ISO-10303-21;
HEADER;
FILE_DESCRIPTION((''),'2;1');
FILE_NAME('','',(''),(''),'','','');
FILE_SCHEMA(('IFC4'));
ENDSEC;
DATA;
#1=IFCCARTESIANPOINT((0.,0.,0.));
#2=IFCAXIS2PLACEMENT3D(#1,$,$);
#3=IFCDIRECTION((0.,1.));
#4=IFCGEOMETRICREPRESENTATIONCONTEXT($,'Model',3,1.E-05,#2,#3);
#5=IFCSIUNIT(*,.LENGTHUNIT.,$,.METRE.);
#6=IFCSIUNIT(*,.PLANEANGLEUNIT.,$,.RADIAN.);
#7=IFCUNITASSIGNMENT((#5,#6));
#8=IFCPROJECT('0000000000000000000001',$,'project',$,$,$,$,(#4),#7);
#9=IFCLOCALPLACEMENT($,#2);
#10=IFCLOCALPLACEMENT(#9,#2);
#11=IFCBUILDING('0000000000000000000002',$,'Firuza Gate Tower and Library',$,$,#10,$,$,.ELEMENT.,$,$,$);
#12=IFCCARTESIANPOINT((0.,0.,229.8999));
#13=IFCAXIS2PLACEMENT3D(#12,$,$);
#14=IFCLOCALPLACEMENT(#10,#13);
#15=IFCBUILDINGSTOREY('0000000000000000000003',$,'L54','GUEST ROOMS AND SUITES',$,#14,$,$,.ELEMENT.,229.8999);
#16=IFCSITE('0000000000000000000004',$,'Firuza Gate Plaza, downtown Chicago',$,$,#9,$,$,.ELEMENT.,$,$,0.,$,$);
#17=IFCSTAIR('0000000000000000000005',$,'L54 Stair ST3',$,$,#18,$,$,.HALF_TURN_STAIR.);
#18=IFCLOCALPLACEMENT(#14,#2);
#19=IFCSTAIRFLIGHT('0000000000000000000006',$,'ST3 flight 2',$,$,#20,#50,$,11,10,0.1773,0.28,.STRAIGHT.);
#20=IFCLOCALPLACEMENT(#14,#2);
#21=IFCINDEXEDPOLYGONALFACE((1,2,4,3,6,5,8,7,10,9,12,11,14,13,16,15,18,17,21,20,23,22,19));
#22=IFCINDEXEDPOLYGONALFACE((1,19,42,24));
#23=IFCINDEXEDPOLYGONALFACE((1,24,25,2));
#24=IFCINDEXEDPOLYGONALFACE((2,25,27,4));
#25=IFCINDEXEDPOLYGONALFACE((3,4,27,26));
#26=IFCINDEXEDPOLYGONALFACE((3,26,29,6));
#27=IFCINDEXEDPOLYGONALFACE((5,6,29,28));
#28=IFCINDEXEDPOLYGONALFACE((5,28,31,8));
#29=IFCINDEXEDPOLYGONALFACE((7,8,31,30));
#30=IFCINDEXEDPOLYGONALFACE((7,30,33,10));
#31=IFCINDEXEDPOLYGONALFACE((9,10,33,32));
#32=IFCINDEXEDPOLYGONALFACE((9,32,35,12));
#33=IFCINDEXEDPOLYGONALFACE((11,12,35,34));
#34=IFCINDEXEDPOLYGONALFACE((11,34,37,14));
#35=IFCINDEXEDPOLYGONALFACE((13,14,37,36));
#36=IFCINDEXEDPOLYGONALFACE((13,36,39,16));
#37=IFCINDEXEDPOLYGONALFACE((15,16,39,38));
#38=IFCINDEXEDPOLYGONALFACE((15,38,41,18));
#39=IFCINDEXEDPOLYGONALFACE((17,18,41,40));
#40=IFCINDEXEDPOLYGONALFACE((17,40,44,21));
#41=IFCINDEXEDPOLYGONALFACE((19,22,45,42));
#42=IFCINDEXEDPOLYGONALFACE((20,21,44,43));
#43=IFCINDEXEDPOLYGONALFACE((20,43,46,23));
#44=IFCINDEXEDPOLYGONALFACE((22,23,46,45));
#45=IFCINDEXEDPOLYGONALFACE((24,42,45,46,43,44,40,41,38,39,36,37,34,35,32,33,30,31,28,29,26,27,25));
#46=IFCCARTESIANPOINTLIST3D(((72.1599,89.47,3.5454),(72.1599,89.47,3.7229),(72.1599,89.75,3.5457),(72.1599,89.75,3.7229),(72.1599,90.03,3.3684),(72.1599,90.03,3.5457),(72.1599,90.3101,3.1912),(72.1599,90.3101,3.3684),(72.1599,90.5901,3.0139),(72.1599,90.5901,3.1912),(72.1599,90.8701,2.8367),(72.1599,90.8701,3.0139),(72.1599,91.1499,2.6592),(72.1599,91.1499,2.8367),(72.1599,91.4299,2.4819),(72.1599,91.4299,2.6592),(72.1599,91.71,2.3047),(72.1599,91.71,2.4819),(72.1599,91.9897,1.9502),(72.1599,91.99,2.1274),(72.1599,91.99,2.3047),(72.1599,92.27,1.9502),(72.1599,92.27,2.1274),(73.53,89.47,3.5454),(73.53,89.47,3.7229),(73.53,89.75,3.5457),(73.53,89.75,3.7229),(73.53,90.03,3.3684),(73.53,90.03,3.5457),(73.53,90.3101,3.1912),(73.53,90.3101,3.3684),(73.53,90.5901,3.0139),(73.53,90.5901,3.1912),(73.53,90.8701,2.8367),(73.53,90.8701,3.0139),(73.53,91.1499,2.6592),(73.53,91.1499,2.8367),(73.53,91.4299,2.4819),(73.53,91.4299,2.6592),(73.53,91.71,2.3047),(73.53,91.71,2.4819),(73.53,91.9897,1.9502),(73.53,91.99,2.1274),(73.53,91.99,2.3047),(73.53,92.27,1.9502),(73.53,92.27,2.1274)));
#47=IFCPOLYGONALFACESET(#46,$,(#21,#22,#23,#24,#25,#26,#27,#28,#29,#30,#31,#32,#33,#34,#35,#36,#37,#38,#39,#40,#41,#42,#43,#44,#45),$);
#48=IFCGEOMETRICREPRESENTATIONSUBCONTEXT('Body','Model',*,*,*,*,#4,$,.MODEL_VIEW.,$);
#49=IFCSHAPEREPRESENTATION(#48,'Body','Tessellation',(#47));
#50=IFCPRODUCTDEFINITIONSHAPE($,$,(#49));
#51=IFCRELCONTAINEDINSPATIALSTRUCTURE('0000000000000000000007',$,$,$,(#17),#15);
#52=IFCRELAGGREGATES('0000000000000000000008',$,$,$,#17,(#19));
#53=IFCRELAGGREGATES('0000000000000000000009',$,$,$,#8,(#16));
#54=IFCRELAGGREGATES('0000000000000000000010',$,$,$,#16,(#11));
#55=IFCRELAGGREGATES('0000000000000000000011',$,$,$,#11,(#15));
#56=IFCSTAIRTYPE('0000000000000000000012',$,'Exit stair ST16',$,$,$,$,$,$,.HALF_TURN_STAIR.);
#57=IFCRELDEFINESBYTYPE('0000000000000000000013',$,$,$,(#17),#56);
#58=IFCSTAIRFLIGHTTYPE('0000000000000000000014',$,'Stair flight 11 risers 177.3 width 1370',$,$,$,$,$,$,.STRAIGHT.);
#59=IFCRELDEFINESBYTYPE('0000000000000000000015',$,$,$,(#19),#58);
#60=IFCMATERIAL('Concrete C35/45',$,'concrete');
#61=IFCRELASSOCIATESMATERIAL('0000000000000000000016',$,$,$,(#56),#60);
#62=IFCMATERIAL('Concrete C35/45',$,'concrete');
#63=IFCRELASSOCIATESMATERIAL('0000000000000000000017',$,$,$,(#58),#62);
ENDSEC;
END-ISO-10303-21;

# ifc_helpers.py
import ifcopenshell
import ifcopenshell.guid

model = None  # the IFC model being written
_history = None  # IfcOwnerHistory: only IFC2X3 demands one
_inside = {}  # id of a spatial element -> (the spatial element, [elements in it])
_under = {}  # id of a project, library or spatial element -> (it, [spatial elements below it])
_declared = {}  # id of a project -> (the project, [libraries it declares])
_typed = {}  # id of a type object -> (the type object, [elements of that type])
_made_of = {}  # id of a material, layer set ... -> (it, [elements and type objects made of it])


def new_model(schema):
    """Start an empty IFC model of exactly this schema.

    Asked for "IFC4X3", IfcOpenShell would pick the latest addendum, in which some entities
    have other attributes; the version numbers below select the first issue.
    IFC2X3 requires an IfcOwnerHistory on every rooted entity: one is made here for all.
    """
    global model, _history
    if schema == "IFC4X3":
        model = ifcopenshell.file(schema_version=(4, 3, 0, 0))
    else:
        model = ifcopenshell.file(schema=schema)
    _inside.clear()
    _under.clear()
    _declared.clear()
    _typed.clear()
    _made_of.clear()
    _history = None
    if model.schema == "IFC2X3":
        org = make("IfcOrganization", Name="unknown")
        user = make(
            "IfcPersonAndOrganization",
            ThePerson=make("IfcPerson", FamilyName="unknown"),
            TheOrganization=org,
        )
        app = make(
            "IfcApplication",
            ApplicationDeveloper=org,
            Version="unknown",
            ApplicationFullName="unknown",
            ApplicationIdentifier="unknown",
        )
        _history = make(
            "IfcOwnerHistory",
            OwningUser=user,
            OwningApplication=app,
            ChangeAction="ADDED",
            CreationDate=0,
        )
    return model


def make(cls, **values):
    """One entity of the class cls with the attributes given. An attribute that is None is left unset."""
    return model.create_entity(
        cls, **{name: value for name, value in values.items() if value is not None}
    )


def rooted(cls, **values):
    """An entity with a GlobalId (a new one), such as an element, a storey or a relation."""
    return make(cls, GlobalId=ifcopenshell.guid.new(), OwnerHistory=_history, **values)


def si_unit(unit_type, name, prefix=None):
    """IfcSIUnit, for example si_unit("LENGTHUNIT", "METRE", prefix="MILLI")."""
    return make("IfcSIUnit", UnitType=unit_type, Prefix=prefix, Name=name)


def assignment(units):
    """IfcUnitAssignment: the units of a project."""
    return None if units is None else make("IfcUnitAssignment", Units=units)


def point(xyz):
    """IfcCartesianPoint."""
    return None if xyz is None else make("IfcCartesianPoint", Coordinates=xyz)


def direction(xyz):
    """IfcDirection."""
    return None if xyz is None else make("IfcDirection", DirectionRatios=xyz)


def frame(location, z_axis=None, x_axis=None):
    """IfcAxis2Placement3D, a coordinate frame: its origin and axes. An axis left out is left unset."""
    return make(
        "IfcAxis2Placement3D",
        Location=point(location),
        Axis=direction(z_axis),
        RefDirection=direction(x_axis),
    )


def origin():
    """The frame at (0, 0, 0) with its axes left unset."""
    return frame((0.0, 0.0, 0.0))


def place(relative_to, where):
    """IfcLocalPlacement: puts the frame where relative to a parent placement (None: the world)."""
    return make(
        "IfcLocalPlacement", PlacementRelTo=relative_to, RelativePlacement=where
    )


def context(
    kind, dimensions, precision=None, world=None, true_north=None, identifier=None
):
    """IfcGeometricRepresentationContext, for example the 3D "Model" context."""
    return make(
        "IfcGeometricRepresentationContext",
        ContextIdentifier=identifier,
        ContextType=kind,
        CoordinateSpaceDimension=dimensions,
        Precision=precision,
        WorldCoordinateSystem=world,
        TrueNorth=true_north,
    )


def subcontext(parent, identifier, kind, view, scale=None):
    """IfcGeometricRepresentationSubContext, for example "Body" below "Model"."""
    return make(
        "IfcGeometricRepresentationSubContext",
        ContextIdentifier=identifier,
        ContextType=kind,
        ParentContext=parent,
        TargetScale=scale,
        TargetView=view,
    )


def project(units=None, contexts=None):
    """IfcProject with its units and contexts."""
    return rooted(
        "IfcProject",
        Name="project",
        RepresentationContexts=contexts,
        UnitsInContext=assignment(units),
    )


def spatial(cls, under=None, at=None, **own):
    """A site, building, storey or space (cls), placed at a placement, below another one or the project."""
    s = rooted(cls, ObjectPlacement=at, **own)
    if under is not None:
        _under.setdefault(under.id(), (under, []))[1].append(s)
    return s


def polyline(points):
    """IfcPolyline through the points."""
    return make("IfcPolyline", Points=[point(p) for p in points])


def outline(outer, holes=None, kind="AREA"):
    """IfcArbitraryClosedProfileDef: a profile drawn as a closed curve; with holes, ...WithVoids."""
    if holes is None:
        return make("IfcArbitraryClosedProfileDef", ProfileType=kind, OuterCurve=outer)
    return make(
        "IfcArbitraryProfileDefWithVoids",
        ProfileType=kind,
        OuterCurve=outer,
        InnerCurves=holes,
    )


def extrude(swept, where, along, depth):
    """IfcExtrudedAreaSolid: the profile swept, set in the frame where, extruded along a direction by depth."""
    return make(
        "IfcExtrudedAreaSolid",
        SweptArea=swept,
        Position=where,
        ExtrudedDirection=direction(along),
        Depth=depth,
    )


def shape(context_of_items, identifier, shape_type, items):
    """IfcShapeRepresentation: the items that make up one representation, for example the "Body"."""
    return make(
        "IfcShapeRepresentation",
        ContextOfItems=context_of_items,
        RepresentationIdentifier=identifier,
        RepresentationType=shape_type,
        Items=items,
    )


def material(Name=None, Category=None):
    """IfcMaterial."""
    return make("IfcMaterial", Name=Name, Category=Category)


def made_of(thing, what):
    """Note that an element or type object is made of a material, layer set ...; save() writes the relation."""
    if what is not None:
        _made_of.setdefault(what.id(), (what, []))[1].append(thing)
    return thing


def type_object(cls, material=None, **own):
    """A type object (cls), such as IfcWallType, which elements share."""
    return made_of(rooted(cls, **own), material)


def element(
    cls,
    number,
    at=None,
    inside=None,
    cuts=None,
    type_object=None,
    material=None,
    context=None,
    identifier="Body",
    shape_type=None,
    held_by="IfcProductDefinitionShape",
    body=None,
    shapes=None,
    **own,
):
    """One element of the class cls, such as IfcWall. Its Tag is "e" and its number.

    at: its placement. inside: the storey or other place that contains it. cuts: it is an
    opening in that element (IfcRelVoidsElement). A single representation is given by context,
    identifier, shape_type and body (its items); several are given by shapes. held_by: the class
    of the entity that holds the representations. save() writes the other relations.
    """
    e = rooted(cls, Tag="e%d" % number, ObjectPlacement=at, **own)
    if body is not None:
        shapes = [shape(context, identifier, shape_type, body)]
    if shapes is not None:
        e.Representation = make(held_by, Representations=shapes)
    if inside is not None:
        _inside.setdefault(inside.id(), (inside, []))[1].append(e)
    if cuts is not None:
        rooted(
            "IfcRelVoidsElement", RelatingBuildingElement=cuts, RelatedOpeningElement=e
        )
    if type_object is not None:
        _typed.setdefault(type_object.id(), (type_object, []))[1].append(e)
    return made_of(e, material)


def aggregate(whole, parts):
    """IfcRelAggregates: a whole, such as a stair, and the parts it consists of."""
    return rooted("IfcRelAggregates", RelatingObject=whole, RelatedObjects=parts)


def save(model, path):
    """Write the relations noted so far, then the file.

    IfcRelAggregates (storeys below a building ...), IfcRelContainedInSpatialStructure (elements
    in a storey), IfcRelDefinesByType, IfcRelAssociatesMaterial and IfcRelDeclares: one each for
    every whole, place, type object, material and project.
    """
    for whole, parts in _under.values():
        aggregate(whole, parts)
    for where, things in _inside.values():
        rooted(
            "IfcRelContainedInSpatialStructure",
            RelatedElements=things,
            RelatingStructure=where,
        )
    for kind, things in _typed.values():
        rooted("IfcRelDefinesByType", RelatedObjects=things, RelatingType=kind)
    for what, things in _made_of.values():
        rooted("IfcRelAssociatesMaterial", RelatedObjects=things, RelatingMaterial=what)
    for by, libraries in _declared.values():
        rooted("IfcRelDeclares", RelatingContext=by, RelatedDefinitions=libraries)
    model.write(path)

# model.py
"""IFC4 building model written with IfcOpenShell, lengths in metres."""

from ifc_helpers import new_model, si_unit, direction, frame, origin, place, context, subcontext, project, spatial, polyline, outline, extrude, material, type_object, element, aggregate, save


model = new_model("IFC4")

# Units and contexts
model_context = context("Model", 3, precision=1e-05, world=origin(), true_north=direction((0.0, 1.0)))
body_context = subcontext(model_context, "Body", "Model", "MODEL_VIEW")
ifc_project = project(units=[si_unit("LENGTHUNIT", "METRE"), si_unit("PLANEANGLEUNIT", "RADIAN")], contexts=[model_context])

# Site, building, storey
site_placement = place(None, origin())
site = spatial("IfcSite", under=ifc_project, at=site_placement, Name="Firuza Gate Plaza, downtown Chicago", CompositionType="ELEMENT", RefElevation=0.0)
building_placement = place(site_placement, origin())
building = spatial("IfcBuilding", under=site, at=building_placement, Name="Firuza Gate Tower and Library", CompositionType="ELEMENT")
storey_placement = place(building_placement, frame((0.0, 0.0, 229.8999)))
storey = spatial("IfcBuildingStorey", under=building, at=storey_placement, Name="L54", Description="GUEST ROOMS AND SUITES", CompositionType="ELEMENT", Elevation=229.8999)

# Stair, stair flight
ifc_material_1 = material(Name="Concrete C35/45", Category="concrete")
stair_type = type_object("IfcStairType", Name="Exit stair ST16", PredefinedType="HALF_TURN_STAIR", material=ifc_material_1)
stair_placement = place(storey_placement, origin())
stair = element("IfcStair", 1, at=stair_placement, inside=storey, type_object=stair_type, Name="L54 Stair ST3", PredefinedType="HALF_TURN_STAIR")
ifc_material_2 = material(Name="Concrete C35/45", Category="concrete")
stair_flight_type = type_object("IfcStairFlightType", Name="Stair flight 11 risers 177.3 width 1370", PredefinedType="STRAIGHT", material=ifc_material_2)
stair_flight_placement = place(storey_placement, frame((72.845, 92.27, 1.9502), z_axis=(0.0, 0.0, 1.0), x_axis=(0.0, -1.0, 0.0)))
stair_flight = element("IfcStairFlight", 2, at=stair_flight_placement, type_object=stair_flight_type, Name="ST3 flight 2", NumberOfRisers=11, NumberOfTreads=10, PredefinedType="STRAIGHT", RiserHeight=0.1773, TreadLength=0.28, context=body_context, shape_type="SweptSolid", body=[
    extrude(outline(polyline([(0.0, 0.0), (0.0, 0.1772), (0.28, 0.1772), (0.28, 0.3545), (0.5601, 0.3545), (0.5601, 0.5317), (0.8401, 0.5317), (0.8401, 0.709), (1.1201, 0.709), (1.1201, 0.8865), (1.3999, 0.8865), (1.3999, 1.0637), (1.6799, 1.0637), (1.6799, 1.241), (1.96, 1.241), (1.96, 1.4182), (2.24, 1.4182), (2.24, 1.5955), (2.52, 1.5955), (2.52, 1.7727), (2.8, 1.7727), (2.8, 1.95), (2.8, 1.5952), (0.2803, 0.0), (0.0, 0.0)])), frame((0.0, 0.6851, 0.0), z_axis=(0.0, -1.0, 0.0), x_axis=(1.0, 0.0, 0.0)), (0.0, 0.0, 1.0), 1.3701),
])
aggregate(stair, [stair_flight])

save(model, "model.ifc")
